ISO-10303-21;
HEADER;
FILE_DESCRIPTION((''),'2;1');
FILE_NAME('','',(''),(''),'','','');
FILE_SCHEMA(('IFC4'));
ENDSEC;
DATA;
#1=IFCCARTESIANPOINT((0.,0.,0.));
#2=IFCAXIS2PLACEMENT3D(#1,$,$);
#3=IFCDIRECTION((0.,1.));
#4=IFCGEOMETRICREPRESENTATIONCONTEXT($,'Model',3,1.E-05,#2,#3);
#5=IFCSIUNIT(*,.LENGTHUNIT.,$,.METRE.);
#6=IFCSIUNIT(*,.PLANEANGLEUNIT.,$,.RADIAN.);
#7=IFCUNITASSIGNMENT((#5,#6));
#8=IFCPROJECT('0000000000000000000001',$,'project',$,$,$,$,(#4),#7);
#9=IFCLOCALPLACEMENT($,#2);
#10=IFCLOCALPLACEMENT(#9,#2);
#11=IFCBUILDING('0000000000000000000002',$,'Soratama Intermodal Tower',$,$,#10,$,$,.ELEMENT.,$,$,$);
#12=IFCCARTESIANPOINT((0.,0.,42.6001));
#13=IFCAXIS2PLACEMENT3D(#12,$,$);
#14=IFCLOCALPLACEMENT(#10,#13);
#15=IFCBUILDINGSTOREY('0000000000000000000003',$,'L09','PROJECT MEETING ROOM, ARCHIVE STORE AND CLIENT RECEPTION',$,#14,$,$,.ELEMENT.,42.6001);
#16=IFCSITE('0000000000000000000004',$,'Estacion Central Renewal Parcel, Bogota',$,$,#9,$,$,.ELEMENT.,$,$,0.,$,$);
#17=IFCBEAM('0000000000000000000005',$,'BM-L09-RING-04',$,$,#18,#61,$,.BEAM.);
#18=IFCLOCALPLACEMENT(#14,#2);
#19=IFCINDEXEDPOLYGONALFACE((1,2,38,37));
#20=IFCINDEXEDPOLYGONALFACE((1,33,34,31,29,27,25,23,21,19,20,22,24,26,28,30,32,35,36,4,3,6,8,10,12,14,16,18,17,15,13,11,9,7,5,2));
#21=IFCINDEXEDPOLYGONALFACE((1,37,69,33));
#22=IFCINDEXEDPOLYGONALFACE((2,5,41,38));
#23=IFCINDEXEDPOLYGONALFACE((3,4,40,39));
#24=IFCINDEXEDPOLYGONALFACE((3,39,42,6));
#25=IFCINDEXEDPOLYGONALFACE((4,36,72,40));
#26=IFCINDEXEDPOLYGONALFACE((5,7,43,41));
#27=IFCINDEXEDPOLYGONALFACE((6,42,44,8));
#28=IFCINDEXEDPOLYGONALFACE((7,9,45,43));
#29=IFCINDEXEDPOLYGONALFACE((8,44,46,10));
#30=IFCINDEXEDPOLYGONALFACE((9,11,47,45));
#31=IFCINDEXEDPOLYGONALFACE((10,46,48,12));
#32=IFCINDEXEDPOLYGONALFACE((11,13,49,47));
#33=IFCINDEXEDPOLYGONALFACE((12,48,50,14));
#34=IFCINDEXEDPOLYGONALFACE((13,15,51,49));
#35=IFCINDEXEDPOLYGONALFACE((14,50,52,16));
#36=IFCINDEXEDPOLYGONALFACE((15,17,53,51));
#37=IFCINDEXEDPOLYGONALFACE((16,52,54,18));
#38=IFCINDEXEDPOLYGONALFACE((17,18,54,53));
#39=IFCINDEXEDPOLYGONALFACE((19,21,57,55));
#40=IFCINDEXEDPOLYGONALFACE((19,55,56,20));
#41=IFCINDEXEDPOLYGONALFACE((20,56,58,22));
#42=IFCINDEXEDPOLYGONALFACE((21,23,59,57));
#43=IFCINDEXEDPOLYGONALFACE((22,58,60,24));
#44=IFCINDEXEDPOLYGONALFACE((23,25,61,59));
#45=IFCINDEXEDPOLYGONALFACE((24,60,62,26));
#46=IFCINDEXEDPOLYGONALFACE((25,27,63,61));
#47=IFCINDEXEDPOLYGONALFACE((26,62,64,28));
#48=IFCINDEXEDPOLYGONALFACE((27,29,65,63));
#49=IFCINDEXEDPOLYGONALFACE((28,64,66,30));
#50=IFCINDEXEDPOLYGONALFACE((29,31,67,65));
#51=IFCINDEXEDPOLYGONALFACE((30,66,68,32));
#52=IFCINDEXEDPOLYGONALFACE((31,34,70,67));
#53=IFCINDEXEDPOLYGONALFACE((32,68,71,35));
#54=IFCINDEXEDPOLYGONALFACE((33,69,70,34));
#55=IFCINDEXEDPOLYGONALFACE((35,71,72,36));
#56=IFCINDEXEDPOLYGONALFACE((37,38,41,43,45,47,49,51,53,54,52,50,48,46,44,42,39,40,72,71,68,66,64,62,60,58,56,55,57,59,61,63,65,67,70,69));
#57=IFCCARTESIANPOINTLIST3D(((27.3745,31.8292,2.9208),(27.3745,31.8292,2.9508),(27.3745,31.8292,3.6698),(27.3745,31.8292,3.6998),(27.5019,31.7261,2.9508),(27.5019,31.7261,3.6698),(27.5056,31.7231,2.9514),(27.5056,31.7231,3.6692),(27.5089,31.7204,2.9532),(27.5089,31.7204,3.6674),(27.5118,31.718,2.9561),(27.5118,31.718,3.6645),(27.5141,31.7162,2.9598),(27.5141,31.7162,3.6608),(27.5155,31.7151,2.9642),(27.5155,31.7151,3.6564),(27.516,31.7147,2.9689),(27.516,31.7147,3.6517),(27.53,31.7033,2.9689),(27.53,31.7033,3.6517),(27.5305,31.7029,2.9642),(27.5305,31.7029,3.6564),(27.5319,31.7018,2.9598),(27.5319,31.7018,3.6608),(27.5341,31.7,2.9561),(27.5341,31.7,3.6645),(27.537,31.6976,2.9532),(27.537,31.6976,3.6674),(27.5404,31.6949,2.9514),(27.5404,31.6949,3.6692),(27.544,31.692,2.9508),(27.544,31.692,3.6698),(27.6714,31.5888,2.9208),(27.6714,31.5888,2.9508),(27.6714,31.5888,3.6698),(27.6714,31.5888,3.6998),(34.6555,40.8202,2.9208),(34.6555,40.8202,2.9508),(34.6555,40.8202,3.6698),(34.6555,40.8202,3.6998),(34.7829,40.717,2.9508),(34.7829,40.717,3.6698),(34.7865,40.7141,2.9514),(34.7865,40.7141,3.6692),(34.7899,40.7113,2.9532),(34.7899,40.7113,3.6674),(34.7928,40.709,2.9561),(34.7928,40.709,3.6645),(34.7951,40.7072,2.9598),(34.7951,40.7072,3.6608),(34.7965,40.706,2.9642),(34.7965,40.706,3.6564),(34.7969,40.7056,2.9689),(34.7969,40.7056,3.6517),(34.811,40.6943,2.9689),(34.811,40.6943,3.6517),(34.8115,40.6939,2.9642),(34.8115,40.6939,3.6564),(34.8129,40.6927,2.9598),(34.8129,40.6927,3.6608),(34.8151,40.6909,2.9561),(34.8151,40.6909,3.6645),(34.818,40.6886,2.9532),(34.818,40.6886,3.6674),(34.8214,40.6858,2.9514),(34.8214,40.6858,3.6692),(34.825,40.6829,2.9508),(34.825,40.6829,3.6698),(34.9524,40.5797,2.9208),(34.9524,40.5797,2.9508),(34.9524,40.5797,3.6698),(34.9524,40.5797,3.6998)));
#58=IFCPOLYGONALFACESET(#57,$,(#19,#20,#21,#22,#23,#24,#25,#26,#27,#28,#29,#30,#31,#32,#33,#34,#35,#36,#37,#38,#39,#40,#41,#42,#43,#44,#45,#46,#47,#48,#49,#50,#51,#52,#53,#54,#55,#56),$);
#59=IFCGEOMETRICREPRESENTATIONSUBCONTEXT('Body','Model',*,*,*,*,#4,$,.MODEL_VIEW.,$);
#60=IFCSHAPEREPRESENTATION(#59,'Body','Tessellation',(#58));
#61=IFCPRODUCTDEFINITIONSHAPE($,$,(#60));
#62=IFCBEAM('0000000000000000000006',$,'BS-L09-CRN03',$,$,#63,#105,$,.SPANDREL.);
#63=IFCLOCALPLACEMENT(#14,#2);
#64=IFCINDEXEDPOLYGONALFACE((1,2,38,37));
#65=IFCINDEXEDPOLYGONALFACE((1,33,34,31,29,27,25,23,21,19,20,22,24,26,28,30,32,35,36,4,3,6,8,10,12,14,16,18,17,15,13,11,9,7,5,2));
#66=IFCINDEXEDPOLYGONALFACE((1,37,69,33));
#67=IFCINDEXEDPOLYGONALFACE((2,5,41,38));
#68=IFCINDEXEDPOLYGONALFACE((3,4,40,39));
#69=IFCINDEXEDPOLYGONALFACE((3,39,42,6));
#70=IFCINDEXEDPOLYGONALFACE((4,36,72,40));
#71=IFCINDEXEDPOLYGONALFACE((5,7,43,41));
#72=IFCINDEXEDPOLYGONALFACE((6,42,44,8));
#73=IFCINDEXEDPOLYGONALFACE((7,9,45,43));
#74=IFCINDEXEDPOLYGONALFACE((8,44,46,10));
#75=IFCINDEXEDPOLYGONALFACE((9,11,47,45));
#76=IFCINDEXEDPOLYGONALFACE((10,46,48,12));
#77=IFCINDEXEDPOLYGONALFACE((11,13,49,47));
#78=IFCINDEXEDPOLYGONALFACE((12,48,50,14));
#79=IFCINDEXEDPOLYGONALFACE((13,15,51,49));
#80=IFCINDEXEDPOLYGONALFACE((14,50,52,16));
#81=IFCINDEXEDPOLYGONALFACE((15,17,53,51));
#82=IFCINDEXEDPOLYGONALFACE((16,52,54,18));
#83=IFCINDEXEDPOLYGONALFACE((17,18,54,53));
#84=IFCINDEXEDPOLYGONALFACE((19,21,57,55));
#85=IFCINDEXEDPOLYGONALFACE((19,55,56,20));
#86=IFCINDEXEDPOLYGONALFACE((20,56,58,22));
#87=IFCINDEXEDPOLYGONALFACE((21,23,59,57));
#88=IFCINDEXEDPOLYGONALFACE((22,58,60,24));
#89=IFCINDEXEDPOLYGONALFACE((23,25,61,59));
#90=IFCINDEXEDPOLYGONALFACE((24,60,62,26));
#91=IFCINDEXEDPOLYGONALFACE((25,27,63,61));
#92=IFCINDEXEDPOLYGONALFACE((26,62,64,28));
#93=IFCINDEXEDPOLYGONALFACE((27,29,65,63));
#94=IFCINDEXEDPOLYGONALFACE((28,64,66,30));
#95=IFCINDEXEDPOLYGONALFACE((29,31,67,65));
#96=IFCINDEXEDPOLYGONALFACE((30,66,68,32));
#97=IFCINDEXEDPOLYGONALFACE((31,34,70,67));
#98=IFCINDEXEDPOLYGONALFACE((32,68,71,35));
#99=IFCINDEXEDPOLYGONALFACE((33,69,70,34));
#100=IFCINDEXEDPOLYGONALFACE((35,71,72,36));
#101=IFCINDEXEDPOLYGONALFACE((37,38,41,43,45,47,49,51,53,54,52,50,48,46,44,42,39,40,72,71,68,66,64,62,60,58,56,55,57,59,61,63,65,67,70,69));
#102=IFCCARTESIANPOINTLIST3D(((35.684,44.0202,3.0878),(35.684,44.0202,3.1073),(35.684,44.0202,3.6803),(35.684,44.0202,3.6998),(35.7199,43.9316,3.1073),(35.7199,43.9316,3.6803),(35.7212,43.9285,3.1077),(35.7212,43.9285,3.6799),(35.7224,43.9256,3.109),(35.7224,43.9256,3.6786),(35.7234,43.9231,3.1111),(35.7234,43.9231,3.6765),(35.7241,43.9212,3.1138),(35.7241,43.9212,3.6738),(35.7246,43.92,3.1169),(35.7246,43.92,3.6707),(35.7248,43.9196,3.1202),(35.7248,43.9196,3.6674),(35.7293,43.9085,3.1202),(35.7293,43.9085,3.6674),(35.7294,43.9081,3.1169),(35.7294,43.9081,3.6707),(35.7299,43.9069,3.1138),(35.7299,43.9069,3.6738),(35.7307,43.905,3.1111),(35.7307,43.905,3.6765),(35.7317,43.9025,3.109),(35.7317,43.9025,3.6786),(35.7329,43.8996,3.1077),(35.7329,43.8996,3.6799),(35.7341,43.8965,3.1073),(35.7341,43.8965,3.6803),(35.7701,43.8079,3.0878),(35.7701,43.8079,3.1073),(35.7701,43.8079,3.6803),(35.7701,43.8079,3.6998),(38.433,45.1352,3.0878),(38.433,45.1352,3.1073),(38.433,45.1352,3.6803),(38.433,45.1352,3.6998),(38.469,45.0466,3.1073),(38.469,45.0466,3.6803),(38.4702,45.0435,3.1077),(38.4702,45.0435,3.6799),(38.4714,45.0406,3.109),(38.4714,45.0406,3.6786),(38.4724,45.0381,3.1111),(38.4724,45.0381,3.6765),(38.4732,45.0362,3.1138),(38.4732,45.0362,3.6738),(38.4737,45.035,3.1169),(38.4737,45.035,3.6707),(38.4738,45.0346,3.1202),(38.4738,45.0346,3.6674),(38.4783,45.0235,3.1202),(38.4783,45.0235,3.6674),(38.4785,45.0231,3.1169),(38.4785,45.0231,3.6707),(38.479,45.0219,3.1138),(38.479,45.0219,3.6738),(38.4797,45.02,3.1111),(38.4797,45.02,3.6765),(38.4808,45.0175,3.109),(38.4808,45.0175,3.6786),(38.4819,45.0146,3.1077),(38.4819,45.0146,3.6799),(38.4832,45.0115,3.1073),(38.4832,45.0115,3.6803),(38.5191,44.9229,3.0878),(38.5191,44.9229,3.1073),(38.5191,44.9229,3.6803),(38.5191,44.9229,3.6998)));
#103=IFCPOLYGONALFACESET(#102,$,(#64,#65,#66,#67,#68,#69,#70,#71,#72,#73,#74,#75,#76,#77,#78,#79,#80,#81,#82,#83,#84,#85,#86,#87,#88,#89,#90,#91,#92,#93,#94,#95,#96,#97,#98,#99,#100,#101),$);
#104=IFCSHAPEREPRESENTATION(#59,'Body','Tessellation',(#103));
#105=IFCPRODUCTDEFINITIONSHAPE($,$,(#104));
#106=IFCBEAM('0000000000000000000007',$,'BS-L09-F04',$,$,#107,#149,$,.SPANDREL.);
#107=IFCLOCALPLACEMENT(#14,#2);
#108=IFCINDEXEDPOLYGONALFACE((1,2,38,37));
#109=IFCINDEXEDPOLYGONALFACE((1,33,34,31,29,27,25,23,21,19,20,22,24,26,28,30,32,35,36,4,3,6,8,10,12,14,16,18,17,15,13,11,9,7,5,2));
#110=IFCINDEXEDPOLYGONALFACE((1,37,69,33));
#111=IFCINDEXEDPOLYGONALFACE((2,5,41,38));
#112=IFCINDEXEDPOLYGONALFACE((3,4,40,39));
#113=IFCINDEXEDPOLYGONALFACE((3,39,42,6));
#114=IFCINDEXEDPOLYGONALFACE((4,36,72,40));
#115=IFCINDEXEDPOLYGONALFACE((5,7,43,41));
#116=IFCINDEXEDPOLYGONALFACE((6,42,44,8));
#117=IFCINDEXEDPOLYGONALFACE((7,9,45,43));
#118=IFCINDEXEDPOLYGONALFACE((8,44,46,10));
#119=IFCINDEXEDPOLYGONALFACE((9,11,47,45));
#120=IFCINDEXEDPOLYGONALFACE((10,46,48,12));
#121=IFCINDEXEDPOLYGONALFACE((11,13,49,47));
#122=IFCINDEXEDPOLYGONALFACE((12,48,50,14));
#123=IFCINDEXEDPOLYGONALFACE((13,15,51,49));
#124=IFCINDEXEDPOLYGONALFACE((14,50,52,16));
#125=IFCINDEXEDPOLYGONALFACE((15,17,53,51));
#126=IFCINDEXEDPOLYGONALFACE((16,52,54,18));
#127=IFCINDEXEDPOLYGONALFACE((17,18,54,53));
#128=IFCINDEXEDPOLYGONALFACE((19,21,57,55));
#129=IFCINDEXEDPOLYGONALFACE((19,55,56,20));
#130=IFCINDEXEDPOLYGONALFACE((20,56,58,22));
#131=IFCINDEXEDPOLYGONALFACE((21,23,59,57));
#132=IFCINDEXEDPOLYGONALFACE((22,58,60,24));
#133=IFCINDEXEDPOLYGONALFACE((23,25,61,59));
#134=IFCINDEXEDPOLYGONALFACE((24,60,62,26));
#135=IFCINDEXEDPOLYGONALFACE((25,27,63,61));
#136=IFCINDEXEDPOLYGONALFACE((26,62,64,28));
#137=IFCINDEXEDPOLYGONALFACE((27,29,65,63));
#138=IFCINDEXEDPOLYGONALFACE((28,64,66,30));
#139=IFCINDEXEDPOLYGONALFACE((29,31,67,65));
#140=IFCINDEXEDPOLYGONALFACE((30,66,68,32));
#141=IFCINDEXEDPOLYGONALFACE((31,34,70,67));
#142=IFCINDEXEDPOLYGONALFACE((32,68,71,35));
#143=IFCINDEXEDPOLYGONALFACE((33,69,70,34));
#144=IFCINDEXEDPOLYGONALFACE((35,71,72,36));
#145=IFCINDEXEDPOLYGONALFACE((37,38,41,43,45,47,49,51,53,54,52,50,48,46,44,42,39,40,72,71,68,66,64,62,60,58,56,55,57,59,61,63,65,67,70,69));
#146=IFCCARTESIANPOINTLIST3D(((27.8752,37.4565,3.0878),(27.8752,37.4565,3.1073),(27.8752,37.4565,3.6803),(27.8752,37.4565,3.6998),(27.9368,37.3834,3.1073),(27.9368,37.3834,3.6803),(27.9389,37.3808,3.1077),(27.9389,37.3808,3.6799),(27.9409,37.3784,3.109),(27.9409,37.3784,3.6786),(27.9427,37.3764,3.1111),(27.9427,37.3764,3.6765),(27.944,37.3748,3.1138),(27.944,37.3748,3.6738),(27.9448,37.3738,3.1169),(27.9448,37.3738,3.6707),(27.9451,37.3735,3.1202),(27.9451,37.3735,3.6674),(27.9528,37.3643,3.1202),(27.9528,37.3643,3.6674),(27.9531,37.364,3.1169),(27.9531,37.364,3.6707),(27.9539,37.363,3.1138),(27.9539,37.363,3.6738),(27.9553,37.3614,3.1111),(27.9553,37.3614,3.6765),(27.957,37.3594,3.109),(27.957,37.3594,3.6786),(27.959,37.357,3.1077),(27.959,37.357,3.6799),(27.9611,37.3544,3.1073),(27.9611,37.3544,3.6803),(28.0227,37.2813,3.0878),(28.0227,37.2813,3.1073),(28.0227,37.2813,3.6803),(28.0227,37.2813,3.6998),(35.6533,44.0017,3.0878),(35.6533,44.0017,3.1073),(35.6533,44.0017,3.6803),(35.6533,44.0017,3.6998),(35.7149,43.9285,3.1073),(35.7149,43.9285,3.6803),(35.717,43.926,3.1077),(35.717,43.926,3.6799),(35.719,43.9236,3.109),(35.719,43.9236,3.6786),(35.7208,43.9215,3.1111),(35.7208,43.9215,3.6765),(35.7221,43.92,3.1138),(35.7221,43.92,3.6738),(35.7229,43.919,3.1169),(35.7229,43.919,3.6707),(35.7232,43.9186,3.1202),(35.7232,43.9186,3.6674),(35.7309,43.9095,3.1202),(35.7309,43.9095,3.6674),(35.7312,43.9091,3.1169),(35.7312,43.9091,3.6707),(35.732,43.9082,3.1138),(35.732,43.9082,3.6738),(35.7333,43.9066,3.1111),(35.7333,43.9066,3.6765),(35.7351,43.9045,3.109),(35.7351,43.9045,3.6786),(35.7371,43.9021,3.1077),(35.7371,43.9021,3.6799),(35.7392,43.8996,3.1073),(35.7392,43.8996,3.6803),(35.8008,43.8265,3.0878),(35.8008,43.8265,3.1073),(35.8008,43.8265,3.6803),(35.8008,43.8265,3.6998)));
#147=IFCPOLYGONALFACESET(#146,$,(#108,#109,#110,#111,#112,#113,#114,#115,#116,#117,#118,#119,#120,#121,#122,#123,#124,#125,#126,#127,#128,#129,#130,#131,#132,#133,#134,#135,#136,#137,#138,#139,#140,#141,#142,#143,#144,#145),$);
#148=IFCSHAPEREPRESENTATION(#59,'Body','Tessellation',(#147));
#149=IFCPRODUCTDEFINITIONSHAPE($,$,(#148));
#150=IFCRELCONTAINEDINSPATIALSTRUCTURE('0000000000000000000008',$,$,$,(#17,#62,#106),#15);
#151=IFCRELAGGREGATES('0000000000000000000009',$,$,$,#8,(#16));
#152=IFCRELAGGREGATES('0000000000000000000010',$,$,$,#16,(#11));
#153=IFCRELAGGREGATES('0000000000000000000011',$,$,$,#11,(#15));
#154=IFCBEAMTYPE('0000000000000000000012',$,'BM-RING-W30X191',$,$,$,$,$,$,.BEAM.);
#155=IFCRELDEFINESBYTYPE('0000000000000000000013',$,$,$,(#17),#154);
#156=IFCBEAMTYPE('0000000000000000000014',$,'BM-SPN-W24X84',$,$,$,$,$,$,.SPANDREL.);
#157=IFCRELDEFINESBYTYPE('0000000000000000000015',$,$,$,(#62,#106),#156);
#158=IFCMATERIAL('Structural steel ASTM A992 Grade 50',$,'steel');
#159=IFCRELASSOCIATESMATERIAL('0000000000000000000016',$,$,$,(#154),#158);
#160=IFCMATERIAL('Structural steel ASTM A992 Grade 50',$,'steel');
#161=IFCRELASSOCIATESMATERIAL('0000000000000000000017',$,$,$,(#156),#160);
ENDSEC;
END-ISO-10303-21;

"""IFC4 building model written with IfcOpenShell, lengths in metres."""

from ifc_helpers import new_model, si_unit, direction, frame, origin, origin_2d, place, context, subcontext, project, spatial, i_section, extrude, material, material_profile, profile_set, type_object, element, save


model = new_model("IFC4")

# Units and contexts
model_context = context("Model", 3, precision=1e-05, world=origin(), true_north=direction((0.0, 1.0)))
body_context = subcontext(model_context, "Body", "Model", "MODEL_VIEW")
ifc_project = project(units=[si_unit("LENGTHUNIT", "METRE"), si_unit("PLANEANGLEUNIT", "RADIAN")], contexts=[model_context])

# Site, building, storey
site_placement = place(None, origin())
site = spatial("IfcSite", under=ifc_project, at=site_placement, Name="Estacion Central Renewal Parcel, Bogota", CompositionType="ELEMENT", RefElevation=0.0)
building_placement = place(site_placement, origin())
building = spatial("IfcBuilding", under=site, at=building_placement, Name="Soratama Intermodal Tower", CompositionType="ELEMENT")
storey_placement = place(building_placement, frame((0.0, 0.0, 42.6001)))
storey = spatial("IfcBuildingStorey", under=building, at=storey_placement, Name="L09", Description="PROJECT MEETING ROOM, ARCHIVE STORE AND CLIENT RECEPTION", CompositionType="ELEMENT", Elevation=42.6001)

# Beams
ifc_material_1 = material(Name="Structural steel ASTM A992 Grade 50", Category="steel")
ifc_material_profile_1 = material_profile(ifc_material_1, i_section(OverallWidth=0.3821, OverallDepth=0.7791, WebThickness=0.0181, FlangeThickness=0.03, FilletRadius=0.0181, at=origin_2d()), Name="W30X191")
ifc_profile_set_1 = profile_set([ifc_material_profile_1], Name="Structural steel ASTM A992 Grade 50")
beam_type_1 = type_object("IfcBeamType", Name="BM-RING-W30X191", PredefinedType="BEAM", material=ifc_profile_set_1)
beam_1_placement = place(storey_placement, frame((34.804, 40.7, 3.3103), z_axis=(-0.629334, -0.777135, 0.0), x_axis=(0.777135, -0.629334, 0.0)))
element("IfcBeam", 1, at=beam_1_placement, inside=storey, type_object=beam_type_1, Name="BM-L09-RING-04", PredefinedType="BEAM", context=body_context, shape_type="SweptSolid", body=[
    extrude(i_section(OverallWidth=0.3821, OverallDepth=0.7791, WebThickness=0.0181, FlangeThickness=0.03, FilletRadius=0.0181, at=origin_2d()), origin(), (0.0, 0.0, 1.0), 11.5693),
])
ifc_material_2 = material(Name="Structural steel ASTM A992 Grade 50", Category="steel")
ifc_material_profile_2 = material_profile(ifc_material_2, i_section(OverallWidth=0.229, OverallDepth=0.6121, WebThickness=0.012, FlangeThickness=0.0195, FilletRadius=0.0129, at=origin_2d()), Name="W24X84")
ifc_profile_set_2 = profile_set([ifc_material_profile_2], Name="Structural steel ASTM A992 Grade 50")
beam_type_2 = type_object("IfcBeamType", Name="BM-SPN-W24X84", PredefinedType="SPANDREL", material=ifc_profile_set_2)
beam_2_placement = place(storey_placement, frame((38.4761, 45.0291, 3.3938), z_axis=(-0.926678, -0.375856, 0.0), x_axis=(0.375856, -0.926678, 0.0)))
element("IfcBeam", 2, at=beam_2_placement, inside=storey, type_object=beam_type_2, Name="BS-L09-CRN03", PredefinedType="SPANDREL", context=body_context, shape_type="SweptSolid", body=[
    extrude(i_section(OverallWidth=0.229, OverallDepth=0.6121, WebThickness=0.012, FlangeThickness=0.0195, FilletRadius=0.0129, at=origin_2d()), origin(), (0.0, 0.0, 1.0), 2.9666),
])
beam_3_placement = place(storey_placement, frame((35.7271, 43.9141, 3.3938), z_axis=(-0.765143, -0.64386, 0.0), x_axis=(0.64386, -0.765143, 0.0)))
element("IfcBeam", 3, at=beam_3_placement, inside=storey, type_object=beam_type_2, Name="BS-L09-F04", PredefinedType="SPANDREL", context=body_context, shape_type="SweptSolid", body=[
    extrude(i_section(OverallWidth=0.229, OverallDepth=0.6121, WebThickness=0.012, FlangeThickness=0.0195, FilletRadius=0.0129, at=origin_2d()), origin(), (0.0, 0.0, 1.0), 10.1655),
])

save(model, "model.ifc")
